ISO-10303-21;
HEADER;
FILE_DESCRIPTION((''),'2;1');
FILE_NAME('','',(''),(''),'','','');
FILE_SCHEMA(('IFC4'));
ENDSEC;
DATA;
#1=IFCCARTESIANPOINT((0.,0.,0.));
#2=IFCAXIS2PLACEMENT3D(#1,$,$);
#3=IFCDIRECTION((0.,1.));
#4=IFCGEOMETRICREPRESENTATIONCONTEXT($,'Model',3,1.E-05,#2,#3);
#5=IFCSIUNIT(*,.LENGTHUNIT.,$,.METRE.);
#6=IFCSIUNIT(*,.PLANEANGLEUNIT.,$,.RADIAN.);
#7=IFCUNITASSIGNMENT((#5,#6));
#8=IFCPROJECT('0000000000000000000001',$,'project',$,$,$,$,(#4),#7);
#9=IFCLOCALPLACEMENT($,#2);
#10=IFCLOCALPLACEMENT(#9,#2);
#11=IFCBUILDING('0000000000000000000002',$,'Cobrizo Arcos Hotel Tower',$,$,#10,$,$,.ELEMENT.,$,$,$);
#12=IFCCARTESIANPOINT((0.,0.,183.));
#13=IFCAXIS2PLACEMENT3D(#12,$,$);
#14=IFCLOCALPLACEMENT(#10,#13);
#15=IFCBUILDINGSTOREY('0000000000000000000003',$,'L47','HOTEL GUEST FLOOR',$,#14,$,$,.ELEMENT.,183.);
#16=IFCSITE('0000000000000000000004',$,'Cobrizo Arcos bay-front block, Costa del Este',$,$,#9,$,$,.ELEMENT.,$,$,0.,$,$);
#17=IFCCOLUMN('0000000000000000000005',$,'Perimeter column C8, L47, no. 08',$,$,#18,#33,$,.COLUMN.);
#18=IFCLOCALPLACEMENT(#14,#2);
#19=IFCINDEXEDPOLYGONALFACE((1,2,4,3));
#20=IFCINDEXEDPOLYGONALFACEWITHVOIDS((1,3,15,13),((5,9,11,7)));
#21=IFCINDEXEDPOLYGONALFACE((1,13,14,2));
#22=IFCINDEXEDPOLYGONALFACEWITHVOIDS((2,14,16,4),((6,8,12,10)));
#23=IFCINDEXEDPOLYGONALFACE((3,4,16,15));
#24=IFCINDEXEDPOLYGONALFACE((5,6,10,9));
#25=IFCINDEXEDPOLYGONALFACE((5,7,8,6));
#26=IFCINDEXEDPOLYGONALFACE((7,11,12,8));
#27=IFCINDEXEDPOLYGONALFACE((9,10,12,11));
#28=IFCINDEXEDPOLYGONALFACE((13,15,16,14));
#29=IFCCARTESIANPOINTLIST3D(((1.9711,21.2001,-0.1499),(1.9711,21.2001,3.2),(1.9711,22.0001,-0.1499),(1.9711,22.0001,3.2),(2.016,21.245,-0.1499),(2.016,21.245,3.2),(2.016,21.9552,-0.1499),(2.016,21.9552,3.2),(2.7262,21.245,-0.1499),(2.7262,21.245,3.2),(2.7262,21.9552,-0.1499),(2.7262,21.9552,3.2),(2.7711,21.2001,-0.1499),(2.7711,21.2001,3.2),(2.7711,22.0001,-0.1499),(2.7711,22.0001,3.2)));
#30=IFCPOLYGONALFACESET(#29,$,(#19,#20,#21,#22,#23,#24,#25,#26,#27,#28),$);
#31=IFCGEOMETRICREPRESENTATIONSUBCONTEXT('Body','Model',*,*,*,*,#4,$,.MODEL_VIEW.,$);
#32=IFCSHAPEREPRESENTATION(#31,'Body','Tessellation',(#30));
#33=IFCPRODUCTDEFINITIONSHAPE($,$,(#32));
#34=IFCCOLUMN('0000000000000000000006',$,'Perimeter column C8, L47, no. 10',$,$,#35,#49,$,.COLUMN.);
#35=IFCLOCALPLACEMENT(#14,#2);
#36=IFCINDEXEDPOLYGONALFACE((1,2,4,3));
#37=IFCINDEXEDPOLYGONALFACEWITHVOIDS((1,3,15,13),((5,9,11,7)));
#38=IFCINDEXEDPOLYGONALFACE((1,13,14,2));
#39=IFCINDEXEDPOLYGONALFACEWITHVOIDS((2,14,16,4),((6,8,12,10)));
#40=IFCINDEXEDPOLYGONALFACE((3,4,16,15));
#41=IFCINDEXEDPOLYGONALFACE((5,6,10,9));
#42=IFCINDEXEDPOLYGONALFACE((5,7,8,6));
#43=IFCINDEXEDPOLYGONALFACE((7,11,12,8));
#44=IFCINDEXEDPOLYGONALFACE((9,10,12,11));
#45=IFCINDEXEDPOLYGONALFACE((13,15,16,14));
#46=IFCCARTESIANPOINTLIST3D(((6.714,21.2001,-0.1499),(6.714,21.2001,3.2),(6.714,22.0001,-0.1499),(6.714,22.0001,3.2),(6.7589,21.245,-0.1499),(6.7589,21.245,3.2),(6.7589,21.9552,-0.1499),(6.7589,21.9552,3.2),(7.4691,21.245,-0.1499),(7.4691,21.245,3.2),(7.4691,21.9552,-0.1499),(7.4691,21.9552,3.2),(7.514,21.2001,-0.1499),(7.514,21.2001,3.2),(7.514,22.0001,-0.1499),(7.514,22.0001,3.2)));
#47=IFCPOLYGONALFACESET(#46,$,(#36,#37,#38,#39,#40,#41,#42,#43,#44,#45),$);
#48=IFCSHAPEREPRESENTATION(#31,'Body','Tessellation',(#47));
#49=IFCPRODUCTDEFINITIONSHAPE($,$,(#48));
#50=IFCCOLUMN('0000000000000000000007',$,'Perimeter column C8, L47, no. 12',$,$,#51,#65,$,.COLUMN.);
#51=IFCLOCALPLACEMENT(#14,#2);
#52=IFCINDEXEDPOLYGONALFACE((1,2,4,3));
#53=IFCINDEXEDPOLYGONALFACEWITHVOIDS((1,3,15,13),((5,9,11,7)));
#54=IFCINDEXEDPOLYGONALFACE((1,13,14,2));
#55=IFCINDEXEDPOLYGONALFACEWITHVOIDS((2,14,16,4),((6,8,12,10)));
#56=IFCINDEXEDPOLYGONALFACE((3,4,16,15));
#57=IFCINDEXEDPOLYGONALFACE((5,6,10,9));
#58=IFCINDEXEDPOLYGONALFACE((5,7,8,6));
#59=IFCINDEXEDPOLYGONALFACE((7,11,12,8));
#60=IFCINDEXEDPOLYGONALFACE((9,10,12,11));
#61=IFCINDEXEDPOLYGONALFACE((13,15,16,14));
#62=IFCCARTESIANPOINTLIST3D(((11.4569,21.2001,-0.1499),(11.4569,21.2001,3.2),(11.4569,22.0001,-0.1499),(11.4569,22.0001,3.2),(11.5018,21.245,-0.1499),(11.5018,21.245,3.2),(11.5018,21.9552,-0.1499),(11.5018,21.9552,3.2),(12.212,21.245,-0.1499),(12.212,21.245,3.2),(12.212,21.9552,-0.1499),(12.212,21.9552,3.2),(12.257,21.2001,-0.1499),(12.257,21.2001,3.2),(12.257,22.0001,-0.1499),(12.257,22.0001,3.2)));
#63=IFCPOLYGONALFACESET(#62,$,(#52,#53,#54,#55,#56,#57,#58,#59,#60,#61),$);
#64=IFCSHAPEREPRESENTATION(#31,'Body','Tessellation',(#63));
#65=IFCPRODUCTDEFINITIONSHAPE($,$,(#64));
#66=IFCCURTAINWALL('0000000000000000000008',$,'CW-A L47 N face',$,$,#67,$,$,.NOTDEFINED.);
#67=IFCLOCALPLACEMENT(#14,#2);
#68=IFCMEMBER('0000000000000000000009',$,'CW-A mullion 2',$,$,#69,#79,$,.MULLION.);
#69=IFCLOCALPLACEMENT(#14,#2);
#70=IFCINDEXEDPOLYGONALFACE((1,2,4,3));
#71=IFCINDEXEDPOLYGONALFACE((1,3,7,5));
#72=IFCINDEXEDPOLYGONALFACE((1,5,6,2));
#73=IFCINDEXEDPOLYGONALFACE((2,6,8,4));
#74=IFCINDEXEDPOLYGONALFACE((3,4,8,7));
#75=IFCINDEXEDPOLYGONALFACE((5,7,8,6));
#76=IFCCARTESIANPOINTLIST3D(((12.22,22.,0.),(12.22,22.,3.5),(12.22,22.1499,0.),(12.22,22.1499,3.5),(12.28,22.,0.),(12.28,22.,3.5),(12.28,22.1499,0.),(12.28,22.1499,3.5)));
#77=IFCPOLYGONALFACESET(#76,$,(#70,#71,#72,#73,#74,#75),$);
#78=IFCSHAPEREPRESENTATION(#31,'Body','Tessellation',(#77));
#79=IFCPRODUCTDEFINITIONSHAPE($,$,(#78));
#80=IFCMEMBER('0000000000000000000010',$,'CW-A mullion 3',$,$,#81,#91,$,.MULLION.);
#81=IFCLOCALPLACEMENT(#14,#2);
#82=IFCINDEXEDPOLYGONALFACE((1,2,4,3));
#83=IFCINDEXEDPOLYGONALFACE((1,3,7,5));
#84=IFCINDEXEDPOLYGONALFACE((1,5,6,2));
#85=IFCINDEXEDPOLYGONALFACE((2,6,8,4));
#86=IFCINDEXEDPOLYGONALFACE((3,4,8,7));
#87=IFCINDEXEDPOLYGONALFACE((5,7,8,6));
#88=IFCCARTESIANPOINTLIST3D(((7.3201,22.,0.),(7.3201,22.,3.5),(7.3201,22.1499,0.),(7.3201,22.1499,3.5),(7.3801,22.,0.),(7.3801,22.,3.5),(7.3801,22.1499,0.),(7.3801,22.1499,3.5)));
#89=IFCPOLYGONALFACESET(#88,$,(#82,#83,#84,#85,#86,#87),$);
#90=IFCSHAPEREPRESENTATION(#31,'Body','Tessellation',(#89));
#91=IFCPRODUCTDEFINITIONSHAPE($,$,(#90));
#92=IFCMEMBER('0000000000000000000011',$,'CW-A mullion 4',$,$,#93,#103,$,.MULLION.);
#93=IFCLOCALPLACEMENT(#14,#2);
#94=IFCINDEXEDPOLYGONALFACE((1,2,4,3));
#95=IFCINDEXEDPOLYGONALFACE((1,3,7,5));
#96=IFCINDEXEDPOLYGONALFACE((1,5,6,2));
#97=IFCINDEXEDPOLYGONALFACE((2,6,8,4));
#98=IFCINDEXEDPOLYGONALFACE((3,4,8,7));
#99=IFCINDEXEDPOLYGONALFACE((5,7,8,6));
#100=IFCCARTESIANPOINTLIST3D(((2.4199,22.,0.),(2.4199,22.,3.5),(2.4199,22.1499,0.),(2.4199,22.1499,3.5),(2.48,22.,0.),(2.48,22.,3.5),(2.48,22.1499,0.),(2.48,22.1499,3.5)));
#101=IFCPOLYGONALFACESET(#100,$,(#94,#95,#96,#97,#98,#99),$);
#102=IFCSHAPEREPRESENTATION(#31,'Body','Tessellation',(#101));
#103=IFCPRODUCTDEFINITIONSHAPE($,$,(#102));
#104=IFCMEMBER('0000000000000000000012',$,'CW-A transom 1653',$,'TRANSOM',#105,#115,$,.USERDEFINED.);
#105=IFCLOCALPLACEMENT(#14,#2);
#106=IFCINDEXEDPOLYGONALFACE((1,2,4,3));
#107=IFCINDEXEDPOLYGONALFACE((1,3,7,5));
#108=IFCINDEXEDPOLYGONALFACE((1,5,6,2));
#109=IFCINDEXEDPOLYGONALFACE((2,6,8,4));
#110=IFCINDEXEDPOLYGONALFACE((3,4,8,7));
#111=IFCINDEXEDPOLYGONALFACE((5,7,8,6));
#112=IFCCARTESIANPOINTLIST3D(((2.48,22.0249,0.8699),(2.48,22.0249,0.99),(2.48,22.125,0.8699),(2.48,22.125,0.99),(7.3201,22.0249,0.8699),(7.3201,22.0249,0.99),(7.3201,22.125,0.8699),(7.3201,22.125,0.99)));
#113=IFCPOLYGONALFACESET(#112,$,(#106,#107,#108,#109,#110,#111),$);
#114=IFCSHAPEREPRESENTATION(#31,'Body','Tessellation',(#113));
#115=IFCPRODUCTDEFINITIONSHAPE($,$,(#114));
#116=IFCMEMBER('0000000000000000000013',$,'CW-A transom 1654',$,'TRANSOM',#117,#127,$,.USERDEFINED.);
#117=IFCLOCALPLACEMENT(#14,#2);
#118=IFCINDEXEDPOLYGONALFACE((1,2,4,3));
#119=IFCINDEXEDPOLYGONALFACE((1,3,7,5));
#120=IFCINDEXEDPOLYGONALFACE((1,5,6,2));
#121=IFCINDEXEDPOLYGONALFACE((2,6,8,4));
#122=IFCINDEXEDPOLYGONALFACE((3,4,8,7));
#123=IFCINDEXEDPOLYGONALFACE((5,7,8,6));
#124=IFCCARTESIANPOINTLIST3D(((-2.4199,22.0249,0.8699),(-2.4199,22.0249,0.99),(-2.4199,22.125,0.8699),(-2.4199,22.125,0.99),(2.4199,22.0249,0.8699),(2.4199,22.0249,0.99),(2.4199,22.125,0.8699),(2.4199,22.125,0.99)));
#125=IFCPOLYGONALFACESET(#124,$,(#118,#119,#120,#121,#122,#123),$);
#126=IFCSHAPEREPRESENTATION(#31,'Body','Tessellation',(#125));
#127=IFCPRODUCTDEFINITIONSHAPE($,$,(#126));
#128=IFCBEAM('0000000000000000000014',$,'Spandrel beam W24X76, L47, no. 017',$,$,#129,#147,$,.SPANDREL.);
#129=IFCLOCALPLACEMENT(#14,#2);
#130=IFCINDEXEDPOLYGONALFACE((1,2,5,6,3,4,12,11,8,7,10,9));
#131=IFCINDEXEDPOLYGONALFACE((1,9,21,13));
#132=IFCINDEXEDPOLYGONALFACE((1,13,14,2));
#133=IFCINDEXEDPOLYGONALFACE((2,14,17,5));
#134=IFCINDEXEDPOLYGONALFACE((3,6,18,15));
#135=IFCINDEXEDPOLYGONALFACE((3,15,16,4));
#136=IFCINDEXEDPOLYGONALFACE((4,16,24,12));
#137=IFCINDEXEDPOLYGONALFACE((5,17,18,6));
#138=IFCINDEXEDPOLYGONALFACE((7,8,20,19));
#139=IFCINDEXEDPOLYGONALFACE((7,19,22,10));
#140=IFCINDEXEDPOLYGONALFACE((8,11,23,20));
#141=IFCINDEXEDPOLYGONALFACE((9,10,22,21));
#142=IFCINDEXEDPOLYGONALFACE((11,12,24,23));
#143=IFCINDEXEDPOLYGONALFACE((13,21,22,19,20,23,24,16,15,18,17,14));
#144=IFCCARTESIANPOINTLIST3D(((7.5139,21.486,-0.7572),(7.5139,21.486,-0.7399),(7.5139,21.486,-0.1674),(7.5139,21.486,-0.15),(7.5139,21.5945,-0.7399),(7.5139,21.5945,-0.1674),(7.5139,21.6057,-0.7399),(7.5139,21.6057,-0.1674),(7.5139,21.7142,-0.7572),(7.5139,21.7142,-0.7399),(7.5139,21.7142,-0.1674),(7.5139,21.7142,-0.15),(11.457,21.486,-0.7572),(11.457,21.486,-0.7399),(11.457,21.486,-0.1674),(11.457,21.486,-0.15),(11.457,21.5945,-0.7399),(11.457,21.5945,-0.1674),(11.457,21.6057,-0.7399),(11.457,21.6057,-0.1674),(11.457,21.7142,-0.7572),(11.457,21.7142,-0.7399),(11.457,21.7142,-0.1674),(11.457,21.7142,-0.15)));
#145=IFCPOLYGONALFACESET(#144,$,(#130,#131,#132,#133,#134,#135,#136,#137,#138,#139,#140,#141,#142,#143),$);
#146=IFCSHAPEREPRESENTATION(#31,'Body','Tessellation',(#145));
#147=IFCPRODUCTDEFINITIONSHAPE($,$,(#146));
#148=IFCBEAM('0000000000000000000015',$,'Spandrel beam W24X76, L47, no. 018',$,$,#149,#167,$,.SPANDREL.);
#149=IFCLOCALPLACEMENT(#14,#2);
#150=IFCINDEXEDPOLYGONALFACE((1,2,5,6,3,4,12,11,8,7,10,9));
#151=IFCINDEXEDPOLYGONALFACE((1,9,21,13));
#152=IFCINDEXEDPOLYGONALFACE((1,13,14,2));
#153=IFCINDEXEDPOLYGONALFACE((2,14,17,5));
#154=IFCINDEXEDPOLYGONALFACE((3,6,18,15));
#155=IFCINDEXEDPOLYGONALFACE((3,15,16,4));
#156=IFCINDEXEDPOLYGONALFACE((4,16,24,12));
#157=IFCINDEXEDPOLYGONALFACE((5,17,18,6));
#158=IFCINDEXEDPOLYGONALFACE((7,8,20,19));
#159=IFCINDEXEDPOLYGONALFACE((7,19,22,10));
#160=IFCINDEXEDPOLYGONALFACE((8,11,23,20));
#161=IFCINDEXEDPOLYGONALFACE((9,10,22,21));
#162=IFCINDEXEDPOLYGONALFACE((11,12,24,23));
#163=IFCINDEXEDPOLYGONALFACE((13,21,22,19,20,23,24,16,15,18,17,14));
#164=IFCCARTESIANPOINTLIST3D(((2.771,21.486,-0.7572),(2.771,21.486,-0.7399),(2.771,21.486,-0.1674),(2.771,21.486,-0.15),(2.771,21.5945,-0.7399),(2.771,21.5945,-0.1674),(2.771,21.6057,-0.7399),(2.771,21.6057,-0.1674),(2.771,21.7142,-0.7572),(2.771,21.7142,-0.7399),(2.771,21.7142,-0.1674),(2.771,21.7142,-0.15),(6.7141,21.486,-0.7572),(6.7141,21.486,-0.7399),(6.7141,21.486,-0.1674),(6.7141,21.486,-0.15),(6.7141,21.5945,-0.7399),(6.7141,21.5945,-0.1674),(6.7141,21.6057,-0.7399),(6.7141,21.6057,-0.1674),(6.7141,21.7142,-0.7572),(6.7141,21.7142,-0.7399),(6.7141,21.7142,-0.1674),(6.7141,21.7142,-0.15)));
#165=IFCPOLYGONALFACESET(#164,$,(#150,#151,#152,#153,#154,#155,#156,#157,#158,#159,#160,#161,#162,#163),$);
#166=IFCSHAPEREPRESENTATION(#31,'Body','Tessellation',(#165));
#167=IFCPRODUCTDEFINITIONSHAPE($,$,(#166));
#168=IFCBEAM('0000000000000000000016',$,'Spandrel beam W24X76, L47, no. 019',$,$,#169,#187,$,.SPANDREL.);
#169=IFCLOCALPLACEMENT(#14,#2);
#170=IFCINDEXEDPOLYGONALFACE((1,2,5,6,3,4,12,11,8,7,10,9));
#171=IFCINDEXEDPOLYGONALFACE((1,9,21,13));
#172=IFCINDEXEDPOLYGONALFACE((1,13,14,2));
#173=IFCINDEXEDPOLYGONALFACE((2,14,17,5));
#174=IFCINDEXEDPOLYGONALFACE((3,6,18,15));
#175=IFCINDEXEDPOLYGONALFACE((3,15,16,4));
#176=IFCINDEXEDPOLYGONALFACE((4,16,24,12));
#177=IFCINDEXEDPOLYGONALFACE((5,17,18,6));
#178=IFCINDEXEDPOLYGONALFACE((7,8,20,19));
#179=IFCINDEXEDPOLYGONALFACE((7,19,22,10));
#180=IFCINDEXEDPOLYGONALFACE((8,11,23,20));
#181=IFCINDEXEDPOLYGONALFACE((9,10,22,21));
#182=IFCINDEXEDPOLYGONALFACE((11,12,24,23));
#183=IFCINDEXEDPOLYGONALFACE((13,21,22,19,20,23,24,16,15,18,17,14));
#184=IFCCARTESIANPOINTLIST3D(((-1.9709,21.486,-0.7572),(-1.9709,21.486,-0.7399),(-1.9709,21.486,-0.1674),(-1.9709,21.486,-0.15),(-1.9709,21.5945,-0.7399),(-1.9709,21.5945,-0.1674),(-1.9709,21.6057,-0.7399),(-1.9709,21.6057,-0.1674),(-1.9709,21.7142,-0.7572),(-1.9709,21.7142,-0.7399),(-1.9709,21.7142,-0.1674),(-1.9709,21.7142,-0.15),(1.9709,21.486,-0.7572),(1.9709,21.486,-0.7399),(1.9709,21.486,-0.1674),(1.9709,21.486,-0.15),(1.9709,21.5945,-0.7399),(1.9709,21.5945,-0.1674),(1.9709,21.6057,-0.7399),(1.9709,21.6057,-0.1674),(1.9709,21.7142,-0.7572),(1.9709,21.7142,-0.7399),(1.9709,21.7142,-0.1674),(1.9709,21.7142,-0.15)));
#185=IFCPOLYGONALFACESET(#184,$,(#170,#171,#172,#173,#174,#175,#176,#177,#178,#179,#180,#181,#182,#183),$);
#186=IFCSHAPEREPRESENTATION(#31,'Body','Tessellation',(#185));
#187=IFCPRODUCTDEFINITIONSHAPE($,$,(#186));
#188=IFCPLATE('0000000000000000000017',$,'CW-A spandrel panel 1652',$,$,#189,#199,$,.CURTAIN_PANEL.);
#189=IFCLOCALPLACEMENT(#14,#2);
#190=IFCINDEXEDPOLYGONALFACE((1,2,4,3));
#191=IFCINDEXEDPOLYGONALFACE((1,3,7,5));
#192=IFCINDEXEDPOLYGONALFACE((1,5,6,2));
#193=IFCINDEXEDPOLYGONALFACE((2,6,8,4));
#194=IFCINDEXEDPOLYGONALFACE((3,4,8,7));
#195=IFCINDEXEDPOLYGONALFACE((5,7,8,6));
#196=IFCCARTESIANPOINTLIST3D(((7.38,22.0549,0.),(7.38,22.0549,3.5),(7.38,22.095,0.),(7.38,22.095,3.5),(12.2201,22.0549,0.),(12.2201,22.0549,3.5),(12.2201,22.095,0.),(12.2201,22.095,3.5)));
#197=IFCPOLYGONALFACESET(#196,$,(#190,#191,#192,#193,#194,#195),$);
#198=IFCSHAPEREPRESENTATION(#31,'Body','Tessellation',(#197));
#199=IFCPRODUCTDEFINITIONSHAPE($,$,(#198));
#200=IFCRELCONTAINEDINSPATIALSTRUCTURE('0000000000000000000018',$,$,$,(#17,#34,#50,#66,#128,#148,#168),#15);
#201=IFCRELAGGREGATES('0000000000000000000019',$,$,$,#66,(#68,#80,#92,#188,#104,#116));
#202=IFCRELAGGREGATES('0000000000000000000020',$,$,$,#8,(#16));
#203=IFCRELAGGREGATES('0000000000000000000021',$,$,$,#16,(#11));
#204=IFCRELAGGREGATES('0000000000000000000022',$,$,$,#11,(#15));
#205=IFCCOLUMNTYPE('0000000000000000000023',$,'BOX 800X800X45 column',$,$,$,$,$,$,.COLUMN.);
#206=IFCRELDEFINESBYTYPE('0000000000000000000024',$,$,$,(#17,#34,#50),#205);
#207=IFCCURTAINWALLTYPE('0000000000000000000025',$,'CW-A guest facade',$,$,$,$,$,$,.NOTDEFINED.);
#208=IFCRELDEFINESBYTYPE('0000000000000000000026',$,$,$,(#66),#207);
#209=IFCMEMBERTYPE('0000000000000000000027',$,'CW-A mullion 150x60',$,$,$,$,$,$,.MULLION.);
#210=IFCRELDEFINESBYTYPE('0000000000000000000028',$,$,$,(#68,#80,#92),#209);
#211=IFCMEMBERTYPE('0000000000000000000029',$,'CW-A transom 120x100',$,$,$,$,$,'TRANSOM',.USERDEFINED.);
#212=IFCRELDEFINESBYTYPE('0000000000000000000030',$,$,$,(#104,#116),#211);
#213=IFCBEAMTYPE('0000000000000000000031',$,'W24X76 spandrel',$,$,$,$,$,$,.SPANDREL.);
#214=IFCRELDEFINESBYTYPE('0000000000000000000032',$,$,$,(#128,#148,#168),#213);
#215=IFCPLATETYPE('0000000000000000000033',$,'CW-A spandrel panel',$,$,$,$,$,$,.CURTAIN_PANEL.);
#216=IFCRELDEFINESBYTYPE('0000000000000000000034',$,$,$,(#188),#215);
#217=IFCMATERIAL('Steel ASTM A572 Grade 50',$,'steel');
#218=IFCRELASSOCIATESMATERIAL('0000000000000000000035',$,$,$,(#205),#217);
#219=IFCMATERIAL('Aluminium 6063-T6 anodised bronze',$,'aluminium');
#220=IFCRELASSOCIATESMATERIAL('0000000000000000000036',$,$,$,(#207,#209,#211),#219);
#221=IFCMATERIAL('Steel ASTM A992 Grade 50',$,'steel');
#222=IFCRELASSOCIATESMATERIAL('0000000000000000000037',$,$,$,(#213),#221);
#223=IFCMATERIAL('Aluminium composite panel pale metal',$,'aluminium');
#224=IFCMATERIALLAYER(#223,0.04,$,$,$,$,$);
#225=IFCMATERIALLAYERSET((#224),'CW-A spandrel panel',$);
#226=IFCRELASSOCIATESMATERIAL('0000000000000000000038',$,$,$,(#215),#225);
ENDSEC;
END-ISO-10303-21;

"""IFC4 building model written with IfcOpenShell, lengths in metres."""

from ifc_helpers import new_model, si_unit, direction, frame, origin, origin_2d, place, context, subcontext, project, spatial, rectangle, hollow_rectangle, i_section, extrude, material, layer, layer_set, material_profile, profile_set, type_object, element, aggregate, save


model = new_model("IFC4")

# Units and contexts
model_context = context("Model", 3, precision=1e-05, world=origin(), true_north=direction((0.0, 1.0)))
body_context = subcontext(model_context, "Body", "Model", "MODEL_VIEW")
ifc_project = project(units=[si_unit("LENGTHUNIT", "METRE"), si_unit("PLANEANGLEUNIT", "RADIAN")], contexts=[model_context])

# Site, building, storey
site_placement = place(None, origin())
site = spatial("IfcSite", under=ifc_project, at=site_placement, Name="Cobrizo Arcos bay-front block, Costa del Este", CompositionType="ELEMENT", RefElevation=0.0)
building_placement = place(site_placement, origin())
building = spatial("IfcBuilding", under=site, at=building_placement, Name="Cobrizo Arcos Hotel Tower", CompositionType="ELEMENT")
storey_placement = place(building_placement, frame((0.0, 0.0, 183.0)))
storey = spatial("IfcBuildingStorey", under=building, at=storey_placement, Name="L47", Description="HOTEL GUEST FLOOR", CompositionType="ELEMENT", Elevation=183.0)

# Columns
ifc_material_1 = material(Name="Steel ASTM A572 Grade 50", Category="steel")
ifc_material_profile_1 = material_profile(ifc_material_1, hollow_rectangle(XDim=0.8, YDim=0.8, WallThickness=0.0449, at=origin_2d()), Name="BOX 800X800X45")
ifc_profile_set_1 = profile_set([ifc_material_profile_1], Name="Steel ASTM A572 Grade 50")
column_type = type_object("IfcColumnType", Name="BOX 800X800X45 column", PredefinedType="COLUMN", material=ifc_profile_set_1)
for number, where, z_axis, x_axis, name in (
    (1, (2.3711, 21.6001, -0.1499), (0.0, 0.0, 1.0), (1.0, 0.0, 0.0), "Perimeter column C8, L47, no. 08"),
    (2, (7.114, 21.6001, -0.1499), (0.0, 0.0, 1.0), (1.0, 0.0, 0.0), "Perimeter column C8, L47, no. 10"),
    (3, (11.8569, 21.6001, -0.1499), (0.0, 0.0, 1.0), (1.0, 0.0, 0.0), "Perimeter column C8, L47, no. 12"),
):
    element("IfcColumn", number, at=place(storey_placement, frame(where, z_axis=z_axis, x_axis=x_axis)), inside=storey, type_object=column_type, Name=name, PredefinedType="COLUMN", context=body_context, shape_type="SweptSolid", body=[
        extrude(hollow_rectangle(XDim=0.8, YDim=0.8, WallThickness=0.0449, at=origin_2d()), origin(), (0.0, 0.0, 1.0), 3.3499),
    ])

# Curtain wall, members
ifc_material_2 = material(Name="Aluminium 6063-T6 anodised bronze", Category="aluminium")
curtain_wall_type = type_object("IfcCurtainWallType", Name="CW-A guest facade", PredefinedType="NOTDEFINED", material=ifc_material_2)
curtain_wall_placement = place(storey_placement, origin())
curtain_wall = element("IfcCurtainWall", 4, at=curtain_wall_placement, inside=storey, type_object=curtain_wall_type, Name="CW-A L47 N face", PredefinedType="NOTDEFINED")
ifc_material_profile_2 = material_profile(ifc_material_2, rectangle(XDim=0.1499, YDim=0.0601, at=origin_2d()), Name="CW-A mullion 150x60")
ifc_profile_set_2 = profile_set([ifc_material_profile_2], Name="Aluminium 6063-T6 anodised bronze")
member_type_1 = type_object("IfcMemberType", Name="CW-A mullion 150x60", PredefinedType="MULLION", material=ifc_profile_set_2)
member_1_placement = place(storey_placement, frame((12.25, 22.075, 0.0), z_axis=(0.0, 0.0, 1.0), x_axis=(0.0, 1.0, 0.0)))
member_1 = element("IfcMember", 5, at=member_1_placement, type_object=member_type_1, Name="CW-A mullion 2", PredefinedType="MULLION", context=body_context, shape_type="SweptSolid", body=[
    extrude(rectangle(XDim=0.1499, YDim=0.0601, at=origin_2d()), origin(), (0.0, 0.0, 1.0), 3.5),
])
member_2_placement = place(storey_placement, frame((7.3501, 22.075, 0.0), z_axis=(0.0, 0.0, 1.0), x_axis=(0.0, 1.0, 0.0)))
member_2 = element("IfcMember", 6, at=member_2_placement, type_object=member_type_1, Name="CW-A mullion 3", PredefinedType="MULLION", context=body_context, shape_type="SweptSolid", body=[
    extrude(rectangle(XDim=0.1499, YDim=0.0601, at=origin_2d()), origin(), (0.0, 0.0, 1.0), 3.5),
])
member_3_placement = place(storey_placement, frame((2.45, 22.075, 0.0), z_axis=(0.0, 0.0, 1.0), x_axis=(0.0, 1.0, 0.0)))
member_3 = element("IfcMember", 7, at=member_3_placement, type_object=member_type_1, Name="CW-A mullion 4", PredefinedType="MULLION", context=body_context, shape_type="SweptSolid", body=[
    extrude(rectangle(XDim=0.1499, YDim=0.0601, at=origin_2d()), origin(), (0.0, 0.0, 1.0), 3.5),
])
ifc_material_profile_3 = material_profile(ifc_material_2, rectangle(XDim=0.1001, YDim=0.1201, at=origin_2d()), Name="CW-A transom 120x100")
ifc_profile_set_3 = profile_set([ifc_material_profile_3], Name="Aluminium 6063-T6 anodised bronze")
member_type_2 = type_object("IfcMemberType", Name="CW-A transom 120x100", ElementType="TRANSOM", PredefinedType="USERDEFINED", material=ifc_profile_set_3)
member_4_placement = place(storey_placement, frame((7.3201, 22.075, 0.9299), z_axis=(-1.0, 0.0, 0.0), x_axis=(0.0, -1.0, 0.0)))
member_4 = element("IfcMember", 8, at=member_4_placement, type_object=member_type_2, Name="CW-A transom 1653", ObjectType="TRANSOM", PredefinedType="USERDEFINED", context=body_context, shape_type="SweptSolid", body=[
    extrude(rectangle(XDim=0.1001, YDim=0.1201, at=origin_2d()), origin(), (0.0, 0.0, 1.0), 4.8401),
])
member_5_placement = place(storey_placement, frame((2.4199, 22.075, 0.9299), z_axis=(-1.0, 0.0, 0.0), x_axis=(0.0, -1.0, 0.0)))
member_5 = element("IfcMember", 9, at=member_5_placement, type_object=member_type_2, Name="CW-A transom 1654", ObjectType="TRANSOM", PredefinedType="USERDEFINED", context=body_context, shape_type="SweptSolid", body=[
    extrude(rectangle(XDim=0.1001, YDim=0.1201, at=origin_2d()), origin(), (0.0, 0.0, 1.0), 4.8398),
])

# Beams
ifc_material_3 = material(Name="Steel ASTM A992 Grade 50", Category="steel")
ifc_material_profile_4 = material_profile(ifc_material_3, i_section(OverallWidth=0.2283, OverallDepth=0.6072, WebThickness=0.0112, FlangeThickness=0.0173, at=origin_2d()), Name="W24X76")
ifc_profile_set_4 = profile_set([ifc_material_profile_4], Name="Steel ASTM A992 Grade 50")
beam_type = type_object("IfcBeamType", Name="W24X76 spandrel", PredefinedType="SPANDREL", material=ifc_profile_set_4)
for number, where, z_axis, x_axis, name in (
    (10, (11.457, 21.6001, -0.4536), (-1.0, 0.0, 0.0), (0.0, -1.0, 0.0), "Spandrel beam W24X76, L47, no. 017"),
    (11, (6.7141, 21.6001, -0.4536), (-1.0, 0.0, 0.0), (0.0, -1.0, 0.0), "Spandrel beam W24X76, L47, no. 018"),
):
    element("IfcBeam", number, at=place(storey_placement, frame(where, z_axis=z_axis, x_axis=x_axis)), inside=storey, type_object=beam_type, Name=name, PredefinedType="SPANDREL", context=body_context, shape_type="SweptSolid", body=[
        extrude(i_section(OverallWidth=0.2283, OverallDepth=0.6072, WebThickness=0.0112, FlangeThickness=0.0173, at=origin_2d()), origin(), (0.0, 0.0, 1.0), 3.9431),
    ])
beam_placement = place(storey_placement, frame((1.9709, 21.6001, -0.4536), z_axis=(-1.0, 0.0, 0.0), x_axis=(0.0, -1.0, 0.0)))
element("IfcBeam", 12, at=beam_placement, inside=storey, type_object=beam_type, Name="Spandrel beam W24X76, L47, no. 019", PredefinedType="SPANDREL", context=body_context, shape_type="SweptSolid", body=[
    extrude(i_section(OverallWidth=0.2283, OverallDepth=0.6072, WebThickness=0.0112, FlangeThickness=0.0173, at=origin_2d()), origin(), (0.0, 0.0, 1.0), 3.9419),
])

# Plate
ifc_material_4 = material(Name="Aluminium composite panel pale metal", Category="aluminium")
ifc_layer_1 = layer(ifc_material_4, 0.04)
ifc_layer_set_1 = layer_set([ifc_layer_1], Name="CW-A spandrel panel")
plate_type = type_object("IfcPlateType", Name="CW-A spandrel panel", PredefinedType="CURTAIN_PANEL", material=ifc_layer_set_1)
plate_1_placement = place(storey_placement, frame((9.8, 22.075, 0.0), z_axis=(0.0, 0.0, 1.0), x_axis=(-1.0, 0.0, 0.0)))
plate_1 = element("IfcPlate", 13, at=plate_1_placement, type_object=plate_type, Name="CW-A spandrel panel 1652", PredefinedType="CURTAIN_PANEL", context=body_context, shape_type="SweptSolid", body=[
    extrude(rectangle(XDim=4.8401, YDim=0.04, at=origin_2d()), origin(), (0.0, 0.0, 1.0), 3.5),
])
aggregate(curtain_wall, [member_1, member_2, member_3, plate_1, member_4, member_5])

save(model, "model.ifc")
